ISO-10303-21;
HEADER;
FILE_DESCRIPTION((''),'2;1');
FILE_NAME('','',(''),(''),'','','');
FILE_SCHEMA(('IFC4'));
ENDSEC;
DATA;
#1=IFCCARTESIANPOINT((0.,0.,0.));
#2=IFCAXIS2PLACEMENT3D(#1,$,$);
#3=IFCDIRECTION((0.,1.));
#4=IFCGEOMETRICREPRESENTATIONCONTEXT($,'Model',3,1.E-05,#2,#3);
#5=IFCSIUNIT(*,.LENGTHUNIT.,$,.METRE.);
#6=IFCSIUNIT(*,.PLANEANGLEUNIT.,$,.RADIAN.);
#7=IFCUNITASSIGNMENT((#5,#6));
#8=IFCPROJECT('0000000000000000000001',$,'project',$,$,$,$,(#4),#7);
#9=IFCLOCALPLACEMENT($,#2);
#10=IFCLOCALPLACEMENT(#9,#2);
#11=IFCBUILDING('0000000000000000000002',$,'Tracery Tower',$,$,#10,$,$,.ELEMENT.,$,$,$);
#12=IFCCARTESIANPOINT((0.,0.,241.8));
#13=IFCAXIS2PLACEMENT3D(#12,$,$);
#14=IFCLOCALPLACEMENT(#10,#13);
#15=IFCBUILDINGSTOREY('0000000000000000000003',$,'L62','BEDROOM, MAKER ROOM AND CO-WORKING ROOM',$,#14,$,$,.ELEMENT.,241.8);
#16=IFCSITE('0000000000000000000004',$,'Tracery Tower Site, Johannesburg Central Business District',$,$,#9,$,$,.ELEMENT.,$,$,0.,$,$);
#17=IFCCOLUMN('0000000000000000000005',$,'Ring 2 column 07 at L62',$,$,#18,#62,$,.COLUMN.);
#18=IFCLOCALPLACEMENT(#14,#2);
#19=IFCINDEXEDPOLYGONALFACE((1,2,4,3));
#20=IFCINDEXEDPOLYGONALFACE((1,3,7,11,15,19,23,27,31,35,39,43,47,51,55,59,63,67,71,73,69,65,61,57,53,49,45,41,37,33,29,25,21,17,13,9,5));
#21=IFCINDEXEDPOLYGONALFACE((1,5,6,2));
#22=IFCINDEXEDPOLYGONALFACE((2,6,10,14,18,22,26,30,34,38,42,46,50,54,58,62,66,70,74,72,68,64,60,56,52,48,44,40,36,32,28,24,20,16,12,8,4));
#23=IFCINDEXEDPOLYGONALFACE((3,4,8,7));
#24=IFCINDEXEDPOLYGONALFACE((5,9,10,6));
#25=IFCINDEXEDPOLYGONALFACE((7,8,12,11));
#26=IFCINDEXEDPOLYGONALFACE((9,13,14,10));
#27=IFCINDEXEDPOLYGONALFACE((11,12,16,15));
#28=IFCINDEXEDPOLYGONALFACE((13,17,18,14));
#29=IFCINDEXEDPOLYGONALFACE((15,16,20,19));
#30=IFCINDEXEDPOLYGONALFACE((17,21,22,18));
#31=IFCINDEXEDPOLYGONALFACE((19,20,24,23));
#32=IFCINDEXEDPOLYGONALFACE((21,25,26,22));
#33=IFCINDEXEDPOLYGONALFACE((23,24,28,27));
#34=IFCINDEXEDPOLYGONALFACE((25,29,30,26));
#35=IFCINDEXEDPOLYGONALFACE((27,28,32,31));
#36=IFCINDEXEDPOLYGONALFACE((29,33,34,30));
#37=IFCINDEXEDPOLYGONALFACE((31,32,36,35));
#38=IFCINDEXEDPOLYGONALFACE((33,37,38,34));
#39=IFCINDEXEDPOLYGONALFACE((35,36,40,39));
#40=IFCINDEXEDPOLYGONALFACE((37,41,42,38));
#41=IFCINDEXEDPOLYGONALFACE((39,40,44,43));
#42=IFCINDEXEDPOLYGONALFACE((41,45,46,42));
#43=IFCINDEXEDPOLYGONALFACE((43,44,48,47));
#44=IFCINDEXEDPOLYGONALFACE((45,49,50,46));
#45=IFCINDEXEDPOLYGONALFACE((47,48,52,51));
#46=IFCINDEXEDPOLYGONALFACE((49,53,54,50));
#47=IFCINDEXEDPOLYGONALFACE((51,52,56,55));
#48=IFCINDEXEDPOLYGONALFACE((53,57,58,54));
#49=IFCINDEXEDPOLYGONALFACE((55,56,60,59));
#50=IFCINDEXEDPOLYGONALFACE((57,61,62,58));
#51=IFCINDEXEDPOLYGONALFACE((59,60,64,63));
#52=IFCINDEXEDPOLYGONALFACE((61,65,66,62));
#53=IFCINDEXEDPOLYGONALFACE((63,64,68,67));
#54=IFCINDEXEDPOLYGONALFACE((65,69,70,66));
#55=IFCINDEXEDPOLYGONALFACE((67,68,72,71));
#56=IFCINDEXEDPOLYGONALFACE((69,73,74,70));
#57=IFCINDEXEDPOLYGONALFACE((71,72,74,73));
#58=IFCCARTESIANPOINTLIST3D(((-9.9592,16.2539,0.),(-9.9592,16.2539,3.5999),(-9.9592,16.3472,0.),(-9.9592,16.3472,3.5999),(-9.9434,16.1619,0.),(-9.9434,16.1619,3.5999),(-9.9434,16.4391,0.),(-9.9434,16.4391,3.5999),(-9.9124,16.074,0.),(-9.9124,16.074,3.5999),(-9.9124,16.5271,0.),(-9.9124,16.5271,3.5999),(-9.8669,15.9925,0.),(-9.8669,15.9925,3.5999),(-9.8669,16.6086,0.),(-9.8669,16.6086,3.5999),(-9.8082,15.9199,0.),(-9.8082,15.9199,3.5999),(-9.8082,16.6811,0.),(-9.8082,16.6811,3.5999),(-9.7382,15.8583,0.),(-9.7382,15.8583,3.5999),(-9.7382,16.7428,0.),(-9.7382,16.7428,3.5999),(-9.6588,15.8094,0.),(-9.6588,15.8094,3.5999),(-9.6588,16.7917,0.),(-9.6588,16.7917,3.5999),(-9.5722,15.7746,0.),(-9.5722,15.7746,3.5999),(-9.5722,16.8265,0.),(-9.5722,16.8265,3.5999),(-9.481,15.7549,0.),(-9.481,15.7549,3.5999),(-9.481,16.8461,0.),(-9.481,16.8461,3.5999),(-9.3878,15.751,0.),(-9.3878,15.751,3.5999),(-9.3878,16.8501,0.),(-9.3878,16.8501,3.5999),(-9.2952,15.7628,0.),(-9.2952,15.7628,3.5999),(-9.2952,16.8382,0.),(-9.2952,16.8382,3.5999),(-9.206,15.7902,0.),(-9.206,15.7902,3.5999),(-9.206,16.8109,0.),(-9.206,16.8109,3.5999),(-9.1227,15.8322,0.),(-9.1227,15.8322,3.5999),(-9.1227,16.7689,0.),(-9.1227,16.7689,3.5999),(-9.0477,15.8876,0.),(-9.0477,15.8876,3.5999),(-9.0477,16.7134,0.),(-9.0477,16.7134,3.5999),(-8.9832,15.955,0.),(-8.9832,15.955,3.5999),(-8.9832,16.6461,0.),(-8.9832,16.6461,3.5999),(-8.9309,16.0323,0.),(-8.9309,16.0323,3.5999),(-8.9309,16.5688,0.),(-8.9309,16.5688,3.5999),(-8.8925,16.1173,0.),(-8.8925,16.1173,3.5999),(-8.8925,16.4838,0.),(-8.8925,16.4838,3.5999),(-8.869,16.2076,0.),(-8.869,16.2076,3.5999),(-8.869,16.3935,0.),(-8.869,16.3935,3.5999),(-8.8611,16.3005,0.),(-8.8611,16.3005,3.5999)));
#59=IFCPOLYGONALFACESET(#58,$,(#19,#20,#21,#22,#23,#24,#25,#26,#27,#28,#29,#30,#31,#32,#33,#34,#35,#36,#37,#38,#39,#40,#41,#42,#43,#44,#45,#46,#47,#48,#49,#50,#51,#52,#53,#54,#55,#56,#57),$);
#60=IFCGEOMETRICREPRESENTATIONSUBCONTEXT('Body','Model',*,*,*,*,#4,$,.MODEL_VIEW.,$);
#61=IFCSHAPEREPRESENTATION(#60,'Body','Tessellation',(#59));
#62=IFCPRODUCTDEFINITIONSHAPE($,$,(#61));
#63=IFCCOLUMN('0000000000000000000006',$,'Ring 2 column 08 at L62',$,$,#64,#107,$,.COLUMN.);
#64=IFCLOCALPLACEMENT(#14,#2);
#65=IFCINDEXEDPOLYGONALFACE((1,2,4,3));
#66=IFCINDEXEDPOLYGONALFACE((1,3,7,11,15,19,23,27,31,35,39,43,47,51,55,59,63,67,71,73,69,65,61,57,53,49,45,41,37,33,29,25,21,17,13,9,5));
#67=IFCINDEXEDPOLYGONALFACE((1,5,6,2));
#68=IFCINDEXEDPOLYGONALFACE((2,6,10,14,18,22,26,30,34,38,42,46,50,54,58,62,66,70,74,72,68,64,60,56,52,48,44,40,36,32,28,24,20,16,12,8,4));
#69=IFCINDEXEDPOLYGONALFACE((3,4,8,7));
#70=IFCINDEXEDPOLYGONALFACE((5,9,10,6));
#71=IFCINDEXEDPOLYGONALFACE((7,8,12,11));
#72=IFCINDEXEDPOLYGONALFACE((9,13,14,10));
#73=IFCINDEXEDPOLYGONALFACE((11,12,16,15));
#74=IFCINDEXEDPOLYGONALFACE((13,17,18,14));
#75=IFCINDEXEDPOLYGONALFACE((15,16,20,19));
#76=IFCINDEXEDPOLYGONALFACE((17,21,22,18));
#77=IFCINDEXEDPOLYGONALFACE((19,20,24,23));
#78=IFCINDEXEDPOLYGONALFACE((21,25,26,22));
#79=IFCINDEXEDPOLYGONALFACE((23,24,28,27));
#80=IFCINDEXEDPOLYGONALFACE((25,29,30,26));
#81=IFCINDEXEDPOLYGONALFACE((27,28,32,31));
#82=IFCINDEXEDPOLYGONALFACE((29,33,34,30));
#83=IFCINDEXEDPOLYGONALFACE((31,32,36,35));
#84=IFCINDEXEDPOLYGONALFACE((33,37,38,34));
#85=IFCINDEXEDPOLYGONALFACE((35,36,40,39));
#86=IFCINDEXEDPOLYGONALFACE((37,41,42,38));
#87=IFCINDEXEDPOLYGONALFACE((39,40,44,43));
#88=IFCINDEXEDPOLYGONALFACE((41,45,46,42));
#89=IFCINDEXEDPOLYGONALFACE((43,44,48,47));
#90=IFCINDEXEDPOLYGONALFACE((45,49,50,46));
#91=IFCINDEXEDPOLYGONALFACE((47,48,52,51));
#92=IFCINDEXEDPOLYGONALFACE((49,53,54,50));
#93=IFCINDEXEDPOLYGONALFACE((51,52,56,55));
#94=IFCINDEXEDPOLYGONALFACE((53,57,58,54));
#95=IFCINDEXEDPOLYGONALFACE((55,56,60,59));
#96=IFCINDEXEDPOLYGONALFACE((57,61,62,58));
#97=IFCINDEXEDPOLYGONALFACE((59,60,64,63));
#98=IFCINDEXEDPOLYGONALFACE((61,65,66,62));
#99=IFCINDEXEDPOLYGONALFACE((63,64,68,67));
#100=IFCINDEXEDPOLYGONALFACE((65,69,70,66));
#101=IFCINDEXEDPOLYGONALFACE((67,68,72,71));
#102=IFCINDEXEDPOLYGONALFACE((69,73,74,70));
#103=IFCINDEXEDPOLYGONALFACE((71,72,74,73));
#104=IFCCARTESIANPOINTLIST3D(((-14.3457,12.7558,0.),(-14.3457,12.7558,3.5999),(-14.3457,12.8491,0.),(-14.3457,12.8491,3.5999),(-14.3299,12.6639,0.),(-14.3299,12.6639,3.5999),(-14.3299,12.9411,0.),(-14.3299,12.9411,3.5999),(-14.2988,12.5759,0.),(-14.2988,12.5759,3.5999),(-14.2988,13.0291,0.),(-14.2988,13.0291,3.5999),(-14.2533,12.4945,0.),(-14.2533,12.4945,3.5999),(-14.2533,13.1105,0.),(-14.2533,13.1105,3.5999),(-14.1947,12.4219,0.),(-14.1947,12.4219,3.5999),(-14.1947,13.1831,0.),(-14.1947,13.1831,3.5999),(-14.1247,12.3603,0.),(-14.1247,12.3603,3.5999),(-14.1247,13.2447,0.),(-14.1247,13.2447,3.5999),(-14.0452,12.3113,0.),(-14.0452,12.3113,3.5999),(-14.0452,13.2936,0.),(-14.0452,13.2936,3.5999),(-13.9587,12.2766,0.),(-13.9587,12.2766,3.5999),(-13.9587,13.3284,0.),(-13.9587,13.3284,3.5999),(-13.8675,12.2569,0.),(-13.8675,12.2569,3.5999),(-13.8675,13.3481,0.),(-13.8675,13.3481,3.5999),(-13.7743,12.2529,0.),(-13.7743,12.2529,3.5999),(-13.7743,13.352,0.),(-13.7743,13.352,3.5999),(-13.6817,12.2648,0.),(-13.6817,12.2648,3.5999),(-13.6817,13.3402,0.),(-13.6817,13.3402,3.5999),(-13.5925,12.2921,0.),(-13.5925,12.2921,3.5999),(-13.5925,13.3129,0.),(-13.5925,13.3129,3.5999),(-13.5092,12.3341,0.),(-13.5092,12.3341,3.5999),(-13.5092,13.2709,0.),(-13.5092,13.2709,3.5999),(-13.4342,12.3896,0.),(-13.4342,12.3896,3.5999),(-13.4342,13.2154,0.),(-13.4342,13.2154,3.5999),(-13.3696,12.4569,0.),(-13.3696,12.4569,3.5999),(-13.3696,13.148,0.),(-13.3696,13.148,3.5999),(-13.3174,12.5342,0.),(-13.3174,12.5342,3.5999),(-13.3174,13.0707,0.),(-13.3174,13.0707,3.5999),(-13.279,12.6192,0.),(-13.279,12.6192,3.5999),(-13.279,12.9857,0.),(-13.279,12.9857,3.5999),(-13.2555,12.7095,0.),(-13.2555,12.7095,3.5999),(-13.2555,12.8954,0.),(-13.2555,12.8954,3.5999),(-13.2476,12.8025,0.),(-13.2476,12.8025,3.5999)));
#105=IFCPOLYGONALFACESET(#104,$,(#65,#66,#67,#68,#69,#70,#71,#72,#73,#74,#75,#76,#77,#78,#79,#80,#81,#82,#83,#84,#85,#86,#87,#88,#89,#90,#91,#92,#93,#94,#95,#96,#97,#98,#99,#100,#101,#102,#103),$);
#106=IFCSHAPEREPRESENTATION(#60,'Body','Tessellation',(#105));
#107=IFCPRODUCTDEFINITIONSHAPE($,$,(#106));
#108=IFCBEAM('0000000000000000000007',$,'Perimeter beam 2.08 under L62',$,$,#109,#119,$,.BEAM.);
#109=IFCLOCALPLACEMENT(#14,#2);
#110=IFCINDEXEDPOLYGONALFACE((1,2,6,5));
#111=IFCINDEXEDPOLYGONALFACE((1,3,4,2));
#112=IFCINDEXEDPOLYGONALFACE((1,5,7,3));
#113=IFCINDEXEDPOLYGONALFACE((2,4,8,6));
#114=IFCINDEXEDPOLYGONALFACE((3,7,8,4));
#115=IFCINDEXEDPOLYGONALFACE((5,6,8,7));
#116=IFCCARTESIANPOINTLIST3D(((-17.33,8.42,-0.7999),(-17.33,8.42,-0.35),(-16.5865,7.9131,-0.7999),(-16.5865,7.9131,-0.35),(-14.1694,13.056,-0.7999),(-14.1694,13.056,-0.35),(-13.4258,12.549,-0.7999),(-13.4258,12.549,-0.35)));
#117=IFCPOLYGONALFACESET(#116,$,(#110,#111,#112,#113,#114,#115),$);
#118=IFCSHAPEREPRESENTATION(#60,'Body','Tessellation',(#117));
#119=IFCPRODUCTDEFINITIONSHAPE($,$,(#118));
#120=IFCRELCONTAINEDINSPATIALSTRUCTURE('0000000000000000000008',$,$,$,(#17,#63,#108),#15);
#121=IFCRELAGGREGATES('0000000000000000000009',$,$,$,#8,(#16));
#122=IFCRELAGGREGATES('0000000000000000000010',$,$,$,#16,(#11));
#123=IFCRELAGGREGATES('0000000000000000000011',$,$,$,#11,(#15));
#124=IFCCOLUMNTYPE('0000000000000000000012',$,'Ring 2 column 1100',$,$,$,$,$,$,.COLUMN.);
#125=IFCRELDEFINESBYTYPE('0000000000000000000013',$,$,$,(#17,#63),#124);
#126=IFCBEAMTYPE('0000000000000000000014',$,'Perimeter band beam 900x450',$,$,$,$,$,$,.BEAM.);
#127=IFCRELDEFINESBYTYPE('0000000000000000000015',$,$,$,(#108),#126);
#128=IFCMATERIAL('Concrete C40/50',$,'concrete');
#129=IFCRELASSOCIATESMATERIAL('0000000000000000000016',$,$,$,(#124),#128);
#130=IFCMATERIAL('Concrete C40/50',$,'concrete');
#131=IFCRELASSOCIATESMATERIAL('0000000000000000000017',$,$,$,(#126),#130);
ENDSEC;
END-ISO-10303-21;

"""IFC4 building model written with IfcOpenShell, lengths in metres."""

from ifc_helpers import new_model, si_unit, direction, frame, origin, origin_2d, place, context, subcontext, project, spatial, rectangle, circle, extrude, material, material_profile, profile_set, type_object, element, save


model = new_model("IFC4")

# Units and contexts
model_context = context("Model", 3, precision=1e-05, world=origin(), true_north=direction((0.0, 1.0)))
body_context = subcontext(model_context, "Body", "Model", "MODEL_VIEW")
ifc_project = project(units=[si_unit("LENGTHUNIT", "METRE"), si_unit("PLANEANGLEUNIT", "RADIAN")], contexts=[model_context])

# Site, building, storey
site_placement = place(None, origin())
site = spatial("IfcSite", under=ifc_project, at=site_placement, Name="Tracery Tower Site, Johannesburg Central Business District", CompositionType="ELEMENT", RefElevation=0.0)
building_placement = place(site_placement, origin())
building = spatial("IfcBuilding", under=site, at=building_placement, Name="Tracery Tower", CompositionType="ELEMENT")
storey_placement = place(building_placement, frame((0.0, 0.0, 241.8)))
storey = spatial("IfcBuildingStorey", under=building, at=storey_placement, Name="L62", Description="BEDROOM, MAKER ROOM AND CO-WORKING ROOM", CompositionType="ELEMENT", Elevation=241.8)

# Columns
ifc_material_1 = material(Name="Concrete C40/50", Category="concrete")
ifc_material_profile_1 = material_profile(ifc_material_1, circle(Radius=0.55, at=origin_2d()), Name="RC D1100")
ifc_profile_set_1 = profile_set([ifc_material_profile_1], Name="Concrete C40/50")
column_type = type_object("IfcColumnType", Name="Ring 2 column 1100", PredefinedType="COLUMN", material=ifc_profile_set_1)
for number, where, z_axis, x_axis, name in (
    (1, (-9.4111, 16.3005, 0.0), (0.0, 0.0, 1.0), (1.0, 0.0, 0.0), "Ring 2 column 07 at L62"),
    (2, (-13.7976, 12.8025, 0.0), (0.0, 0.0, 1.0), (1.0, 0.0, 0.0), "Ring 2 column 08 at L62"),
):
    element("IfcColumn", number, at=place(storey_placement, frame(where, z_axis=z_axis, x_axis=x_axis)), inside=storey, type_object=column_type, Name=name, PredefinedType="COLUMN", context=body_context, shape_type="SweptSolid", body=[
        extrude(circle(Radius=0.55, at=origin_2d()), origin(), (0.0, 0.0, 1.0), 3.5999),
    ])

# Beam
ifc_material_2 = material(Name="Concrete C40/50", Category="concrete")
ifc_material_profile_2 = material_profile(ifc_material_2, rectangle(XDim=0.8999, YDim=0.45, at=origin_2d()), Name="RC 900x450")
ifc_profile_set_2 = profile_set([ifc_material_profile_2], Name="Concrete C40/50")
beam_type = type_object("IfcBeamType", Name="Perimeter band beam 900x450", PredefinedType="BEAM", material=ifc_profile_set_2)
beam_placement = place(storey_placement, frame((-13.7976, 12.8025, -0.575), z_axis=(-0.563306, -0.826249, 0.0), x_axis=(0.826249, -0.563306, 0.0)))
element("IfcBeam", 3, at=beam_placement, inside=storey, type_object=beam_type, Name="Perimeter beam 2.08 under L62", PredefinedType="BEAM", context=body_context, shape_type="SweptSolid", body=[
    extrude(rectangle(XDim=0.8999, YDim=0.45, at=origin_2d()), origin(), (0.0, 0.0, 1.0), 5.6108),
])

save(model, "model.ifc")
